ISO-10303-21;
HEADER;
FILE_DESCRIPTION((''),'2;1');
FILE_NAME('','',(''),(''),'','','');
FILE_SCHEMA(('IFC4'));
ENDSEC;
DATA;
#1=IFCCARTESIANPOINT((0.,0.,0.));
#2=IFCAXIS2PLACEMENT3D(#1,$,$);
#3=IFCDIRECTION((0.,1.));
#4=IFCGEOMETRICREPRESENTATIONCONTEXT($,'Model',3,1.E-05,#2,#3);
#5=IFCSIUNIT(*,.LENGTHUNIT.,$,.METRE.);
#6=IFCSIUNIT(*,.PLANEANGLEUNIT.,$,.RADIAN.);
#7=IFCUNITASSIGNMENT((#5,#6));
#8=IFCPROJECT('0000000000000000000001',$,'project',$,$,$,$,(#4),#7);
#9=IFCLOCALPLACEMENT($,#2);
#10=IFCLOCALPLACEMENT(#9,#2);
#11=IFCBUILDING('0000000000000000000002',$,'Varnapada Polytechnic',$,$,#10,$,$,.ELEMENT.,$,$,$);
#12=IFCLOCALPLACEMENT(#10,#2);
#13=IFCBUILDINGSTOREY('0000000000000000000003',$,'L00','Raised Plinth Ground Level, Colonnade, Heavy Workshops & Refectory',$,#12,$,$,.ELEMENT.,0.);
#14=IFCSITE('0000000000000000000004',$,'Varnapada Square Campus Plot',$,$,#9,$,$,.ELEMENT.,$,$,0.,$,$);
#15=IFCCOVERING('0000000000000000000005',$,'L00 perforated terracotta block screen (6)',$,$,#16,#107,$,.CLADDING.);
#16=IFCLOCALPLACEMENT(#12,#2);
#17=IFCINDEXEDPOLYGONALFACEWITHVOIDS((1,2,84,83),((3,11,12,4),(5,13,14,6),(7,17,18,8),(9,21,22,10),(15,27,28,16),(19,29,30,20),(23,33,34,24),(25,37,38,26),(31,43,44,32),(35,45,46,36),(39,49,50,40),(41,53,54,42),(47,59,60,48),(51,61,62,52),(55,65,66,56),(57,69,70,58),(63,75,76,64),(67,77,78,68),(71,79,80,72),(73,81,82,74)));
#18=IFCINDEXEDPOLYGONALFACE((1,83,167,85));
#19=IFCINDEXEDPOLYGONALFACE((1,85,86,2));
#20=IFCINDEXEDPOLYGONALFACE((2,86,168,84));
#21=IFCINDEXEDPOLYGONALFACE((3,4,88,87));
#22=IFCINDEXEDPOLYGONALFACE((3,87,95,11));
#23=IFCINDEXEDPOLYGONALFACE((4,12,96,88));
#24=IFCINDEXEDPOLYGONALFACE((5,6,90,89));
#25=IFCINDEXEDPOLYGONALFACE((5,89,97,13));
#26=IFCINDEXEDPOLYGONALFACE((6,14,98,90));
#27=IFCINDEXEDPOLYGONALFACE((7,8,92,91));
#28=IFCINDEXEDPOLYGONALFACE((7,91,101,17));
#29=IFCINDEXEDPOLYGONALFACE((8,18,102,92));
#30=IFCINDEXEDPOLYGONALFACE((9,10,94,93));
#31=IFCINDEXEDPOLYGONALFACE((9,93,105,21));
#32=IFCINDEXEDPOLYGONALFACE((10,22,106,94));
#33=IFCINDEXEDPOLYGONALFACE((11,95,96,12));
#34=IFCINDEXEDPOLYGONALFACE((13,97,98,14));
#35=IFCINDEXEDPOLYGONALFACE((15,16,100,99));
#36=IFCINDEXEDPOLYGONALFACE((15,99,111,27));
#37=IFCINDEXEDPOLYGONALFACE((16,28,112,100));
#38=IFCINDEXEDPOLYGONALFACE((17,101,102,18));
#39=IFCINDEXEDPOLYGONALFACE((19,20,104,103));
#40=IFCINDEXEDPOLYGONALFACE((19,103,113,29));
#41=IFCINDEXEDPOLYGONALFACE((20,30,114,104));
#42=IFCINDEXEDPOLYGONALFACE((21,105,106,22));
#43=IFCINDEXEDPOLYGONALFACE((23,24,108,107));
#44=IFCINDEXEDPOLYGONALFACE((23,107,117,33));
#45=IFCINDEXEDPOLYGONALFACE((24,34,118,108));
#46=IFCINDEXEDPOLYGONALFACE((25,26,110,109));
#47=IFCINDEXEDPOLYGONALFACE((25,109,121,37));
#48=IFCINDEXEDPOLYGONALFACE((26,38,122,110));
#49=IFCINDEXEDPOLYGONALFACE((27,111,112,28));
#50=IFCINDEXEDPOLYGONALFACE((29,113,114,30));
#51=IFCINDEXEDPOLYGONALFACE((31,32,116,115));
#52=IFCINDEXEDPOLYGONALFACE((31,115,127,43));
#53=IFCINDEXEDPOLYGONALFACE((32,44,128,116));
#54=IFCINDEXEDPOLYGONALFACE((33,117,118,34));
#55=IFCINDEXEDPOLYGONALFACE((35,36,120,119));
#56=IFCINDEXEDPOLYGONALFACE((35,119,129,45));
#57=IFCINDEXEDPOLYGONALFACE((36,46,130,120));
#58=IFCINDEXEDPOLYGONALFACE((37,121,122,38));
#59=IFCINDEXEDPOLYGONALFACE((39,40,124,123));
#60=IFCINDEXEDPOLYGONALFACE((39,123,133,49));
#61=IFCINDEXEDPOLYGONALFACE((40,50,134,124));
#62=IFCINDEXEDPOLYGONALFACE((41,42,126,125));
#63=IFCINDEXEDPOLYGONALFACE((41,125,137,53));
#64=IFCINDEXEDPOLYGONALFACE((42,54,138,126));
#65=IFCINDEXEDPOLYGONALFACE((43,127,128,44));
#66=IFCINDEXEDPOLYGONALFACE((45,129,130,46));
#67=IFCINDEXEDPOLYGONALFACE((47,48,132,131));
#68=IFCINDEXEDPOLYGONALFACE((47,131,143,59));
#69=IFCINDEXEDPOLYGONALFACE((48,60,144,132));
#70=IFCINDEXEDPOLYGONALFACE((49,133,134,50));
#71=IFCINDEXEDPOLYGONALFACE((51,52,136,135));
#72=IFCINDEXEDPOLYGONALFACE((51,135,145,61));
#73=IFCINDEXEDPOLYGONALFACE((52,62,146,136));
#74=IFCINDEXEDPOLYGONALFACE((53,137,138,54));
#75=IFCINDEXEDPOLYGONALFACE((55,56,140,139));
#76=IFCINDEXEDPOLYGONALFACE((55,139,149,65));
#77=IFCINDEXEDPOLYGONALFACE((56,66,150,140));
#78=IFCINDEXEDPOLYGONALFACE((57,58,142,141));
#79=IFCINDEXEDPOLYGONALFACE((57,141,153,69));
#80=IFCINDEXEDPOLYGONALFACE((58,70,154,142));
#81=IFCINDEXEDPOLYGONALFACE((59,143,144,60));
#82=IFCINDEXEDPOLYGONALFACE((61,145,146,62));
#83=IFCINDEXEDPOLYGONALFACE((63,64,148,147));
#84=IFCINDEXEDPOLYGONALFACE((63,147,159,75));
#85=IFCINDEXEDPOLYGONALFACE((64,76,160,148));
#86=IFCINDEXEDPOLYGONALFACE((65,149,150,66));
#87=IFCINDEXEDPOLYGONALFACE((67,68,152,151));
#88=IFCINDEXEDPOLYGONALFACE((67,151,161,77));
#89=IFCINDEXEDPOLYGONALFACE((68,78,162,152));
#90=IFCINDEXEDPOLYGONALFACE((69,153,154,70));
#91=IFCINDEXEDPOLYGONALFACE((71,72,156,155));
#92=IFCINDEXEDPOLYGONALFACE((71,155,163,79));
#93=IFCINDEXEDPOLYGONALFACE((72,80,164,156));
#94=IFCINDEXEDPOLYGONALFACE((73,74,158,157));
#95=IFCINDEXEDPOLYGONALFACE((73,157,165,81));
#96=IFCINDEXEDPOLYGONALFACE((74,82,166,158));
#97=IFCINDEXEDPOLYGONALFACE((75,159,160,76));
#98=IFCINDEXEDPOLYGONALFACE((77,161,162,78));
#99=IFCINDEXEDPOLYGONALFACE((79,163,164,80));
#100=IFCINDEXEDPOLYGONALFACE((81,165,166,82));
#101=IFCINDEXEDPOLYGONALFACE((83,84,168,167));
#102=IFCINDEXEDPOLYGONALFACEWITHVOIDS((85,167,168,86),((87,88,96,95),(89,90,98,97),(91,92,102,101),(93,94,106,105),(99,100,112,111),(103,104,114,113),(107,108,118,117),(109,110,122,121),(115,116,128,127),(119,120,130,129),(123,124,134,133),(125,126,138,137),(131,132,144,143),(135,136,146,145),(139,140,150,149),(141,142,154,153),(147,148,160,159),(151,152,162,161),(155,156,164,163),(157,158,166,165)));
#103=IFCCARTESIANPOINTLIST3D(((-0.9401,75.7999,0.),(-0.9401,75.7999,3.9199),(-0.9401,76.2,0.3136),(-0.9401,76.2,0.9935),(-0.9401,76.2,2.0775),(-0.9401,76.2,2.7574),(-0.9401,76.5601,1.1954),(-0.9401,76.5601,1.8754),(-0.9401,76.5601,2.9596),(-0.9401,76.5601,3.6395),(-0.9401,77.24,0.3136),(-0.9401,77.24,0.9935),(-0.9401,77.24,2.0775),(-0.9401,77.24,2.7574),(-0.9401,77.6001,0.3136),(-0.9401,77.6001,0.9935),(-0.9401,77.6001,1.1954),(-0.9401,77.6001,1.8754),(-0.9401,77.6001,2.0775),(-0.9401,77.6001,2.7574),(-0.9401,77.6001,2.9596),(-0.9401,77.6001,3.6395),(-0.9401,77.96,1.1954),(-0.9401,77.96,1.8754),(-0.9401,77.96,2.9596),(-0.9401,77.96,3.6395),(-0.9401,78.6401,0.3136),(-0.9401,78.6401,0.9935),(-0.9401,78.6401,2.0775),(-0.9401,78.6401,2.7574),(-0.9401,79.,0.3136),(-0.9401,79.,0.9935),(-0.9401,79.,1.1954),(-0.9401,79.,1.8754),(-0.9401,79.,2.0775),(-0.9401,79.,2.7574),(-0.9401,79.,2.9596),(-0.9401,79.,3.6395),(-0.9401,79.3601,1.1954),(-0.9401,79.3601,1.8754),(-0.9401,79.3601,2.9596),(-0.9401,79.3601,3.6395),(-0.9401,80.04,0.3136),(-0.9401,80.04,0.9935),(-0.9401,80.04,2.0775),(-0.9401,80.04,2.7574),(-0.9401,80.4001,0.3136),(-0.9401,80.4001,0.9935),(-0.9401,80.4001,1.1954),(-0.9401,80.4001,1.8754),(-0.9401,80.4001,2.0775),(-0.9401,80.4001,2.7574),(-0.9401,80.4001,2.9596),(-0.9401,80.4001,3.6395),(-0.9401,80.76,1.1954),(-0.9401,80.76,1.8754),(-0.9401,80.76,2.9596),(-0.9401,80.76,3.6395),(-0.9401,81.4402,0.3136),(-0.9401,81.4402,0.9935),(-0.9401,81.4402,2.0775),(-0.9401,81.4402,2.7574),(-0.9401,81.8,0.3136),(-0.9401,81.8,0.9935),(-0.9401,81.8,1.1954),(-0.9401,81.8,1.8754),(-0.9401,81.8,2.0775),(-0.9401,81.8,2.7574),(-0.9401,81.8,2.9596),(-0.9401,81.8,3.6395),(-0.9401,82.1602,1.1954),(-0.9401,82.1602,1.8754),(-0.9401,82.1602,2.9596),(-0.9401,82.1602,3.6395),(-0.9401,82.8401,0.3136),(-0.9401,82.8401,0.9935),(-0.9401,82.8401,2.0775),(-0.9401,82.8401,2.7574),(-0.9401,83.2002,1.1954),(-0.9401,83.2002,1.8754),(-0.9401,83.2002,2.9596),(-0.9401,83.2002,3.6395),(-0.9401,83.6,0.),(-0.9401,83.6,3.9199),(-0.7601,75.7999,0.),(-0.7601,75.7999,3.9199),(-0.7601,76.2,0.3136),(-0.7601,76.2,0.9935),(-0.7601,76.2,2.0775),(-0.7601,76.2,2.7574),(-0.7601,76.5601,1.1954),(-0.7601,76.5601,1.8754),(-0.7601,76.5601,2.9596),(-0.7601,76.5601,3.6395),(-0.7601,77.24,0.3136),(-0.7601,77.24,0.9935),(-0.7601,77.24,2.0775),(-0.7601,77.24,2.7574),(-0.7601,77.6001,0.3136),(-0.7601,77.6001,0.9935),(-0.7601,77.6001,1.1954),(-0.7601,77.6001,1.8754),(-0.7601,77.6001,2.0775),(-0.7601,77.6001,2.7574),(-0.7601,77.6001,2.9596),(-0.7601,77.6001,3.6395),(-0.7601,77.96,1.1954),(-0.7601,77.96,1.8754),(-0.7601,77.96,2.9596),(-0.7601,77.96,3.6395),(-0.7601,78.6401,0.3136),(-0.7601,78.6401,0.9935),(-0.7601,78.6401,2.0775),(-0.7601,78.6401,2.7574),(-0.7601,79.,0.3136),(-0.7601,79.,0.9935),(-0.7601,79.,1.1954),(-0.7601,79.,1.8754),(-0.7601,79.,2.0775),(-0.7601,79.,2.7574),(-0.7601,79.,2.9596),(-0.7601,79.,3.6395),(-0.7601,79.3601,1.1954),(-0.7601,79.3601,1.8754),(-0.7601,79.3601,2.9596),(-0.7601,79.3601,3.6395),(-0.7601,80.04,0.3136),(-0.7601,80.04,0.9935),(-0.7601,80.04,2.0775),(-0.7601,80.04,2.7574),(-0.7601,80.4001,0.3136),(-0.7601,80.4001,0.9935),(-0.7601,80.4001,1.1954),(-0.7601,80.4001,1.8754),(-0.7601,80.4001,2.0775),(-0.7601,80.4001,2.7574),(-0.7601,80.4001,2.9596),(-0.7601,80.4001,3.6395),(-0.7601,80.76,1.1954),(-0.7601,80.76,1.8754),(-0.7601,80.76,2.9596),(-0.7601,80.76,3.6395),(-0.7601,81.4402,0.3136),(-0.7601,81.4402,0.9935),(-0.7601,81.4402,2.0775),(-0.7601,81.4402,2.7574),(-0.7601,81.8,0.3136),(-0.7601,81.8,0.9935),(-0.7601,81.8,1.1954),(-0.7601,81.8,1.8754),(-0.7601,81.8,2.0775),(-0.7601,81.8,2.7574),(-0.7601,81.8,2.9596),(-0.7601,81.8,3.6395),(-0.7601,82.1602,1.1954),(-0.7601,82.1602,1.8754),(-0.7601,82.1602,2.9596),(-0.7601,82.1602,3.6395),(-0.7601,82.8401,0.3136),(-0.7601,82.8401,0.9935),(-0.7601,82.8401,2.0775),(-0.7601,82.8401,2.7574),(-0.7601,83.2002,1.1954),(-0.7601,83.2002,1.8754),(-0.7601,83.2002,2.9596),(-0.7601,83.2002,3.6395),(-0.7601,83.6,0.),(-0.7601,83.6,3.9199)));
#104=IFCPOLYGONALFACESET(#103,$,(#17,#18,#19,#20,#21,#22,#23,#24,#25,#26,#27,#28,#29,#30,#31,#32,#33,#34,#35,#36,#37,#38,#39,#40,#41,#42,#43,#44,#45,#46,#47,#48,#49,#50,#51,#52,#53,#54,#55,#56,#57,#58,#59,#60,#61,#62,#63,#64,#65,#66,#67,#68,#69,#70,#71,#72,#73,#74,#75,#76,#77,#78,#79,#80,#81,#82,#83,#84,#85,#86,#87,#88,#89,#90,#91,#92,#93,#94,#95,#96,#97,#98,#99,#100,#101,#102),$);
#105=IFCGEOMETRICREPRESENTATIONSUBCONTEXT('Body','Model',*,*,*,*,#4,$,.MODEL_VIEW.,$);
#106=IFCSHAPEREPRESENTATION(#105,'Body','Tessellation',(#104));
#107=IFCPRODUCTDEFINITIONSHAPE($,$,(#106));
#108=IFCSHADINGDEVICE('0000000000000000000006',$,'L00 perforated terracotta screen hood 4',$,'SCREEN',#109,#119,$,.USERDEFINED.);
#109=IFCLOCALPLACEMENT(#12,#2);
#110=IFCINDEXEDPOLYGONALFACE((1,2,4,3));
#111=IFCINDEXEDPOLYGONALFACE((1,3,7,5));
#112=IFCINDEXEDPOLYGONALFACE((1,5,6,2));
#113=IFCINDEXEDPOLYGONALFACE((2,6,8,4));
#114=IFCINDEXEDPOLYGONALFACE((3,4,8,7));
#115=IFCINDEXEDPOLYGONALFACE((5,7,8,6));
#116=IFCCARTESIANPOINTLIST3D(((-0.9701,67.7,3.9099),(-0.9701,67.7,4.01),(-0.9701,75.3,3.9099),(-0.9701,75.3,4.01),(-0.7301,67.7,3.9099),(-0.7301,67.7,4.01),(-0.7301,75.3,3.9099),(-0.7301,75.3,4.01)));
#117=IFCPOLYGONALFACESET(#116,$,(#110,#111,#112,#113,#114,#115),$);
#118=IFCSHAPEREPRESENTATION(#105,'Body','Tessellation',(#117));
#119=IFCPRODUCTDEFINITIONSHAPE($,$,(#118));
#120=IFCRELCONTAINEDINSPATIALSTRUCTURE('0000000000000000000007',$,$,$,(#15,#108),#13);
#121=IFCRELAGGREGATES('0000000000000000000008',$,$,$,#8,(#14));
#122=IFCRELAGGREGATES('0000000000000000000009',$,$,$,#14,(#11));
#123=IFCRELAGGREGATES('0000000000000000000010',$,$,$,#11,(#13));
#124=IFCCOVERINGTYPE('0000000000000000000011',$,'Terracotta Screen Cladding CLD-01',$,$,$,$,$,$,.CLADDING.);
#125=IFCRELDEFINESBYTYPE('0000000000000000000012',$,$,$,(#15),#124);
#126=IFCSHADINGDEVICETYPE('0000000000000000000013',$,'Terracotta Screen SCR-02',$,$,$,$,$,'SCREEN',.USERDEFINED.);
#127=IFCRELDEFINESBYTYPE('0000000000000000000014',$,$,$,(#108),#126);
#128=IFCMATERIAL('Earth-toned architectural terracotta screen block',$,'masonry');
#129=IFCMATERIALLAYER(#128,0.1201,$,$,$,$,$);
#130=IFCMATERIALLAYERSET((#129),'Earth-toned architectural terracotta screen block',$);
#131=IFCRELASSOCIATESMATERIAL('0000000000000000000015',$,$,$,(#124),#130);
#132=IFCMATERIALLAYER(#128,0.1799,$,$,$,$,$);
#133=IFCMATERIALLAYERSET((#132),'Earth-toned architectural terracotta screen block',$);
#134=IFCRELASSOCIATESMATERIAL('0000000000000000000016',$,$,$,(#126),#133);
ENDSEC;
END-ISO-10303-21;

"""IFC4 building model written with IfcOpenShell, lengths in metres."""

from ifc_helpers import new_model, si_unit, direction, frame, frame_2d, origin, origin_2d, place, context, subcontext, project, spatial, rectangle, extrude, material, layer, layer_set, type_object, element, save


model = new_model("IFC4")

# Units and contexts
model_context = context("Model", 3, precision=1e-05, world=origin(), true_north=direction((0.0, 1.0)))
body_context = subcontext(model_context, "Body", "Model", "MODEL_VIEW")
ifc_project = project(units=[si_unit("LENGTHUNIT", "METRE"), si_unit("PLANEANGLEUNIT", "RADIAN")], contexts=[model_context])

# Site, building, storey
site_placement = place(None, origin())
site = spatial("IfcSite", under=ifc_project, at=site_placement, Name="Varnapada Square Campus Plot", CompositionType="ELEMENT", RefElevation=0.0)
building_placement = place(site_placement, origin())
building = spatial("IfcBuilding", under=site, at=building_placement, Name="Varnapada Polytechnic", CompositionType="ELEMENT")
storey_placement = place(building_placement, origin())
storey = spatial("IfcBuildingStorey", under=building, at=storey_placement, Name="L00", Description="Raised Plinth Ground Level, Colonnade, Heavy Workshops & Refectory", CompositionType="ELEMENT", Elevation=0.0)

# Covering, openings
ifc_material_1 = material(Name="Earth-toned architectural terracotta screen block", Category="masonry")
ifc_layer_1 = layer(ifc_material_1, 0.1201)
ifc_layer_set_1 = layer_set([ifc_layer_1], Name="Earth-toned architectural terracotta screen block")
covering_type = type_object("IfcCoveringType", Name="Terracotta Screen Cladding CLD-01", PredefinedType="CLADDING", material=ifc_layer_set_1)
covering_placement = place(storey_placement, frame((-0.8501, 75.8, 0.0), z_axis=(0.0, 0.0, 1.0), x_axis=(0.0, 1.0, 0.0)))
covering = element("IfcCovering", 1, at=covering_placement, inside=storey, type_object=covering_type, Name="L00 perforated terracotta block screen (6)", PredefinedType="CLADDING", context=body_context, shape_type="SweptSolid", body=[
    extrude(rectangle(XDim=7.8, YDim=0.1799, at=frame_2d((3.8999, 0.0))), origin(), (0.0, 0.0, 1.0), 3.9199),
])
opening_1_placement = place(covering_placement, frame((0.3999, 0.0, 0.3137)))
element("IfcOpeningElement", 2, at=opening_1_placement, cuts=covering, PredefinedType="OPENING", context=body_context, shape_type="SweptSolid", body=[
    extrude(rectangle(XDim=1.04, YDim=0.6799, at=frame_2d((0.52, 0.3398))), frame((0.0, 0.0999, 0.0), z_axis=(0.0, -1.0, 0.0), x_axis=(1.0, 0.0, 0.0)), (0.0, 0.0, 1.0), 0.2),
])
opening_2_placement = place(covering_placement, frame((1.8, 0.0, 0.3137)))
element("IfcOpeningElement", 3, at=opening_2_placement, cuts=covering, PredefinedType="OPENING", context=body_context, shape_type="SweptSolid", body=[
    extrude(rectangle(XDim=1.04, YDim=0.6799, at=frame_2d((0.52, 0.3398))), frame((0.0, 0.0999, 0.0), z_axis=(0.0, -1.0, 0.0), x_axis=(1.0, 0.0, 0.0)), (0.0, 0.0, 1.0), 0.2),
])
opening_3_placement = place(covering_placement, frame((3.2, 0.0, 0.3137)))
element("IfcOpeningElement", 4, at=opening_3_placement, cuts=covering, PredefinedType="OPENING", context=body_context, shape_type="SweptSolid", body=[
    extrude(rectangle(XDim=1.04, YDim=0.6799, at=frame_2d((0.52, 0.3398))), frame((0.0, 0.0999, 0.0), z_axis=(0.0, -1.0, 0.0), x_axis=(1.0, 0.0, 0.0)), (0.0, 0.0, 1.0), 0.2),
])
opening_4_placement = place(covering_placement, frame((4.6001, 0.0, 0.3137)))
element("IfcOpeningElement", 5, at=opening_4_placement, cuts=covering, PredefinedType="OPENING", context=body_context, shape_type="SweptSolid", body=[
    extrude(rectangle(XDim=1.04, YDim=0.6799, at=frame_2d((0.52, 0.3398))), frame((0.0, 0.0999, 0.0), z_axis=(0.0, -1.0, 0.0), x_axis=(1.0, 0.0, 0.0)), (0.0, 0.0, 1.0), 0.2),
])
opening_5_placement = place(covering_placement, frame((6.0, 0.0, 0.3137)))
element("IfcOpeningElement", 6, at=opening_5_placement, cuts=covering, PredefinedType="OPENING", context=body_context, shape_type="SweptSolid", body=[
    extrude(rectangle(XDim=1.04, YDim=0.6799, at=frame_2d((0.52, 0.3398))), frame((0.0, 0.0999, 0.0), z_axis=(0.0, -1.0, 0.0), x_axis=(1.0, 0.0, 0.0)), (0.0, 0.0, 1.0), 0.2),
])
opening_6_placement = place(covering_placement, frame((0.76, 0.0, 1.1956)))
element("IfcOpeningElement", 7, at=opening_6_placement, cuts=covering, PredefinedType="OPENING", context=body_context, shape_type="SweptSolid", body=[
    extrude(rectangle(XDim=1.04, YDim=0.6799, at=frame_2d((0.52, 0.3398))), frame((0.0, 0.0999, 0.0), z_axis=(0.0, -1.0, 0.0), x_axis=(1.0, 0.0, 0.0)), (0.0, 0.0, 1.0), 0.2),
])
opening_7_placement = place(covering_placement, frame((2.1599, 0.0, 1.1956)))
element("IfcOpeningElement", 8, at=opening_7_placement, cuts=covering, PredefinedType="OPENING", context=body_context, shape_type="SweptSolid", body=[
    extrude(rectangle(XDim=1.04, YDim=0.6799, at=frame_2d((0.52, 0.3398))), frame((0.0, 0.0999, 0.0), z_axis=(0.0, -1.0, 0.0), x_axis=(1.0, 0.0, 0.0)), (0.0, 0.0, 1.0), 0.2),
])
opening_8_placement = place(covering_placement, frame((3.5601, 0.0, 1.1956)))
element("IfcOpeningElement", 9, at=opening_8_placement, cuts=covering, PredefinedType="OPENING", context=body_context, shape_type="SweptSolid", body=[
    extrude(rectangle(XDim=1.04, YDim=0.6799, at=frame_2d((0.52, 0.3398))), frame((0.0, 0.0999, 0.0), z_axis=(0.0, -1.0, 0.0), x_axis=(1.0, 0.0, 0.0)), (0.0, 0.0, 1.0), 0.2),
])
opening_9_placement = place(covering_placement, frame((4.96, 0.0, 1.1956)))
element("IfcOpeningElement", 10, at=opening_9_placement, cuts=covering, PredefinedType="OPENING", context=body_context, shape_type="SweptSolid", body=[
    extrude(rectangle(XDim=1.04, YDim=0.6799, at=frame_2d((0.52, 0.3398))), frame((0.0, 0.0999, 0.0), z_axis=(0.0, -1.0, 0.0), x_axis=(1.0, 0.0, 0.0)), (0.0, 0.0, 1.0), 0.2),
])
opening_10_placement = place(covering_placement, frame((6.3601, 0.0, 1.1956)))
element("IfcOpeningElement", 11, at=opening_10_placement, cuts=covering, PredefinedType="OPENING", context=body_context, shape_type="SweptSolid", body=[
    extrude(rectangle(XDim=1.04, YDim=0.6799, at=frame_2d((0.52, 0.3398))), frame((0.0, 0.0999, 0.0), z_axis=(0.0, -1.0, 0.0), x_axis=(1.0, 0.0, 0.0)), (0.0, 0.0, 1.0), 0.2),
])
opening_11_placement = place(covering_placement, frame((0.3999, 0.0, 2.0776)))
element("IfcOpeningElement", 12, at=opening_11_placement, cuts=covering, PredefinedType="OPENING", context=body_context, shape_type="SweptSolid", body=[
    extrude(rectangle(XDim=1.04, YDim=0.6799, at=frame_2d((0.52, 0.3398))), frame((0.0, 0.0999, 0.0), z_axis=(0.0, -1.0, 0.0), x_axis=(1.0, 0.0, 0.0)), (0.0, 0.0, 1.0), 0.2),
])
opening_12_placement = place(covering_placement, frame((1.8, 0.0, 2.0776)))
element("IfcOpeningElement", 13, at=opening_12_placement, cuts=covering, PredefinedType="OPENING", context=body_context, shape_type="SweptSolid", body=[
    extrude(rectangle(XDim=1.04, YDim=0.6799, at=frame_2d((0.52, 0.3398))), frame((0.0, 0.0999, 0.0), z_axis=(0.0, -1.0, 0.0), x_axis=(1.0, 0.0, 0.0)), (0.0, 0.0, 1.0), 0.2),
])
opening_13_placement = place(covering_placement, frame((3.2, 0.0, 2.0776)))
element("IfcOpeningElement", 14, at=opening_13_placement, cuts=covering, PredefinedType="OPENING", context=body_context, shape_type="SweptSolid", body=[
    extrude(rectangle(XDim=1.04, YDim=0.6799, at=frame_2d((0.52, 0.3398))), frame((0.0, 0.0999, 0.0), z_axis=(0.0, -1.0, 0.0), x_axis=(1.0, 0.0, 0.0)), (0.0, 0.0, 1.0), 0.2),
])
opening_14_placement = place(covering_placement, frame((4.6001, 0.0, 2.0776)))
element("IfcOpeningElement", 15, at=opening_14_placement, cuts=covering, PredefinedType="OPENING", context=body_context, shape_type="SweptSolid", body=[
    extrude(rectangle(XDim=1.04, YDim=0.6799, at=frame_2d((0.52, 0.3398))), frame((0.0, 0.0999, 0.0), z_axis=(0.0, -1.0, 0.0), x_axis=(1.0, 0.0, 0.0)), (0.0, 0.0, 1.0), 0.2),
])
opening_15_placement = place(covering_placement, frame((6.0, 0.0, 2.0776)))
element("IfcOpeningElement", 16, at=opening_15_placement, cuts=covering, PredefinedType="OPENING", context=body_context, shape_type="SweptSolid", body=[
    extrude(rectangle(XDim=1.04, YDim=0.6799, at=frame_2d((0.52, 0.3398))), frame((0.0, 0.0999, 0.0), z_axis=(0.0, -1.0, 0.0), x_axis=(1.0, 0.0, 0.0)), (0.0, 0.0, 1.0), 0.2),
])
opening_16_placement = place(covering_placement, frame((0.76, 0.0, 2.9597)))
element("IfcOpeningElement", 17, at=opening_16_placement, cuts=covering, PredefinedType="OPENING", context=body_context, shape_type="SweptSolid", body=[
    extrude(rectangle(XDim=1.04, YDim=0.6799, at=frame_2d((0.52, 0.3398))), frame((0.0, 0.0999, 0.0), z_axis=(0.0, -1.0, 0.0), x_axis=(1.0, 0.0, 0.0)), (0.0, 0.0, 1.0), 0.2),
])
opening_17_placement = place(covering_placement, frame((2.1599, 0.0, 2.9597)))
element("IfcOpeningElement", 18, at=opening_17_placement, cuts=covering, PredefinedType="OPENING", context=body_context, shape_type="SweptSolid", body=[
    extrude(rectangle(XDim=1.04, YDim=0.6799, at=frame_2d((0.52, 0.3398))), frame((0.0, 0.0999, 0.0), z_axis=(0.0, -1.0, 0.0), x_axis=(1.0, 0.0, 0.0)), (0.0, 0.0, 1.0), 0.2),
])
opening_18_placement = place(covering_placement, frame((3.5601, 0.0, 2.9597)))
element("IfcOpeningElement", 19, at=opening_18_placement, cuts=covering, PredefinedType="OPENING", context=body_context, shape_type="SweptSolid", body=[
    extrude(rectangle(XDim=1.04, YDim=0.6799, at=frame_2d((0.52, 0.3398))), frame((0.0, 0.0999, 0.0), z_axis=(0.0, -1.0, 0.0), x_axis=(1.0, 0.0, 0.0)), (0.0, 0.0, 1.0), 0.2),
])
opening_19_placement = place(covering_placement, frame((4.96, 0.0, 2.9597)))
element("IfcOpeningElement", 20, at=opening_19_placement, cuts=covering, PredefinedType="OPENING", context=body_context, shape_type="SweptSolid", body=[
    extrude(rectangle(XDim=1.04, YDim=0.6799, at=frame_2d((0.52, 0.3398))), frame((0.0, 0.0999, 0.0), z_axis=(0.0, -1.0, 0.0), x_axis=(1.0, 0.0, 0.0)), (0.0, 0.0, 1.0), 0.2),
])
opening_20_placement = place(covering_placement, frame((6.3601, 0.0, 2.9597)))
element("IfcOpeningElement", 21, at=opening_20_placement, cuts=covering, PredefinedType="OPENING", context=body_context, shape_type="SweptSolid", body=[
    extrude(rectangle(XDim=1.04, YDim=0.6799, at=frame_2d((0.52, 0.3398))), frame((0.0, 0.0999, 0.0), z_axis=(0.0, -1.0, 0.0), x_axis=(1.0, 0.0, 0.0)), (0.0, 0.0, 1.0), 0.2),
])

# Shading device
ifc_layer_2 = layer(ifc_material_1, 0.1799)
ifc_layer_set_2 = layer_set([ifc_layer_2], Name="Earth-toned architectural terracotta screen block")
shading_device_type = type_object("IfcShadingDeviceType", Name="Terracotta Screen SCR-02", ElementType="SCREEN", PredefinedType="USERDEFINED", material=ifc_layer_set_2)
shading_device_placement = place(storey_placement, frame((-0.8501, 71.5, 3.9099), z_axis=(0.0, 0.0, 1.0), x_axis=(0.0, 1.0, 0.0)))
element("IfcShadingDevice", 22, at=shading_device_placement, inside=storey, type_object=shading_device_type, Name="L00 perforated terracotta screen hood 4", ObjectType="SCREEN", PredefinedType="USERDEFINED", context=body_context, shape_type="SweptSolid", body=[
    extrude(rectangle(XDim=7.6001, YDim=0.24, at=origin_2d()), origin(), (0.0, 0.0, 1.0), 0.1001),
])

save(model, "model.ifc")
